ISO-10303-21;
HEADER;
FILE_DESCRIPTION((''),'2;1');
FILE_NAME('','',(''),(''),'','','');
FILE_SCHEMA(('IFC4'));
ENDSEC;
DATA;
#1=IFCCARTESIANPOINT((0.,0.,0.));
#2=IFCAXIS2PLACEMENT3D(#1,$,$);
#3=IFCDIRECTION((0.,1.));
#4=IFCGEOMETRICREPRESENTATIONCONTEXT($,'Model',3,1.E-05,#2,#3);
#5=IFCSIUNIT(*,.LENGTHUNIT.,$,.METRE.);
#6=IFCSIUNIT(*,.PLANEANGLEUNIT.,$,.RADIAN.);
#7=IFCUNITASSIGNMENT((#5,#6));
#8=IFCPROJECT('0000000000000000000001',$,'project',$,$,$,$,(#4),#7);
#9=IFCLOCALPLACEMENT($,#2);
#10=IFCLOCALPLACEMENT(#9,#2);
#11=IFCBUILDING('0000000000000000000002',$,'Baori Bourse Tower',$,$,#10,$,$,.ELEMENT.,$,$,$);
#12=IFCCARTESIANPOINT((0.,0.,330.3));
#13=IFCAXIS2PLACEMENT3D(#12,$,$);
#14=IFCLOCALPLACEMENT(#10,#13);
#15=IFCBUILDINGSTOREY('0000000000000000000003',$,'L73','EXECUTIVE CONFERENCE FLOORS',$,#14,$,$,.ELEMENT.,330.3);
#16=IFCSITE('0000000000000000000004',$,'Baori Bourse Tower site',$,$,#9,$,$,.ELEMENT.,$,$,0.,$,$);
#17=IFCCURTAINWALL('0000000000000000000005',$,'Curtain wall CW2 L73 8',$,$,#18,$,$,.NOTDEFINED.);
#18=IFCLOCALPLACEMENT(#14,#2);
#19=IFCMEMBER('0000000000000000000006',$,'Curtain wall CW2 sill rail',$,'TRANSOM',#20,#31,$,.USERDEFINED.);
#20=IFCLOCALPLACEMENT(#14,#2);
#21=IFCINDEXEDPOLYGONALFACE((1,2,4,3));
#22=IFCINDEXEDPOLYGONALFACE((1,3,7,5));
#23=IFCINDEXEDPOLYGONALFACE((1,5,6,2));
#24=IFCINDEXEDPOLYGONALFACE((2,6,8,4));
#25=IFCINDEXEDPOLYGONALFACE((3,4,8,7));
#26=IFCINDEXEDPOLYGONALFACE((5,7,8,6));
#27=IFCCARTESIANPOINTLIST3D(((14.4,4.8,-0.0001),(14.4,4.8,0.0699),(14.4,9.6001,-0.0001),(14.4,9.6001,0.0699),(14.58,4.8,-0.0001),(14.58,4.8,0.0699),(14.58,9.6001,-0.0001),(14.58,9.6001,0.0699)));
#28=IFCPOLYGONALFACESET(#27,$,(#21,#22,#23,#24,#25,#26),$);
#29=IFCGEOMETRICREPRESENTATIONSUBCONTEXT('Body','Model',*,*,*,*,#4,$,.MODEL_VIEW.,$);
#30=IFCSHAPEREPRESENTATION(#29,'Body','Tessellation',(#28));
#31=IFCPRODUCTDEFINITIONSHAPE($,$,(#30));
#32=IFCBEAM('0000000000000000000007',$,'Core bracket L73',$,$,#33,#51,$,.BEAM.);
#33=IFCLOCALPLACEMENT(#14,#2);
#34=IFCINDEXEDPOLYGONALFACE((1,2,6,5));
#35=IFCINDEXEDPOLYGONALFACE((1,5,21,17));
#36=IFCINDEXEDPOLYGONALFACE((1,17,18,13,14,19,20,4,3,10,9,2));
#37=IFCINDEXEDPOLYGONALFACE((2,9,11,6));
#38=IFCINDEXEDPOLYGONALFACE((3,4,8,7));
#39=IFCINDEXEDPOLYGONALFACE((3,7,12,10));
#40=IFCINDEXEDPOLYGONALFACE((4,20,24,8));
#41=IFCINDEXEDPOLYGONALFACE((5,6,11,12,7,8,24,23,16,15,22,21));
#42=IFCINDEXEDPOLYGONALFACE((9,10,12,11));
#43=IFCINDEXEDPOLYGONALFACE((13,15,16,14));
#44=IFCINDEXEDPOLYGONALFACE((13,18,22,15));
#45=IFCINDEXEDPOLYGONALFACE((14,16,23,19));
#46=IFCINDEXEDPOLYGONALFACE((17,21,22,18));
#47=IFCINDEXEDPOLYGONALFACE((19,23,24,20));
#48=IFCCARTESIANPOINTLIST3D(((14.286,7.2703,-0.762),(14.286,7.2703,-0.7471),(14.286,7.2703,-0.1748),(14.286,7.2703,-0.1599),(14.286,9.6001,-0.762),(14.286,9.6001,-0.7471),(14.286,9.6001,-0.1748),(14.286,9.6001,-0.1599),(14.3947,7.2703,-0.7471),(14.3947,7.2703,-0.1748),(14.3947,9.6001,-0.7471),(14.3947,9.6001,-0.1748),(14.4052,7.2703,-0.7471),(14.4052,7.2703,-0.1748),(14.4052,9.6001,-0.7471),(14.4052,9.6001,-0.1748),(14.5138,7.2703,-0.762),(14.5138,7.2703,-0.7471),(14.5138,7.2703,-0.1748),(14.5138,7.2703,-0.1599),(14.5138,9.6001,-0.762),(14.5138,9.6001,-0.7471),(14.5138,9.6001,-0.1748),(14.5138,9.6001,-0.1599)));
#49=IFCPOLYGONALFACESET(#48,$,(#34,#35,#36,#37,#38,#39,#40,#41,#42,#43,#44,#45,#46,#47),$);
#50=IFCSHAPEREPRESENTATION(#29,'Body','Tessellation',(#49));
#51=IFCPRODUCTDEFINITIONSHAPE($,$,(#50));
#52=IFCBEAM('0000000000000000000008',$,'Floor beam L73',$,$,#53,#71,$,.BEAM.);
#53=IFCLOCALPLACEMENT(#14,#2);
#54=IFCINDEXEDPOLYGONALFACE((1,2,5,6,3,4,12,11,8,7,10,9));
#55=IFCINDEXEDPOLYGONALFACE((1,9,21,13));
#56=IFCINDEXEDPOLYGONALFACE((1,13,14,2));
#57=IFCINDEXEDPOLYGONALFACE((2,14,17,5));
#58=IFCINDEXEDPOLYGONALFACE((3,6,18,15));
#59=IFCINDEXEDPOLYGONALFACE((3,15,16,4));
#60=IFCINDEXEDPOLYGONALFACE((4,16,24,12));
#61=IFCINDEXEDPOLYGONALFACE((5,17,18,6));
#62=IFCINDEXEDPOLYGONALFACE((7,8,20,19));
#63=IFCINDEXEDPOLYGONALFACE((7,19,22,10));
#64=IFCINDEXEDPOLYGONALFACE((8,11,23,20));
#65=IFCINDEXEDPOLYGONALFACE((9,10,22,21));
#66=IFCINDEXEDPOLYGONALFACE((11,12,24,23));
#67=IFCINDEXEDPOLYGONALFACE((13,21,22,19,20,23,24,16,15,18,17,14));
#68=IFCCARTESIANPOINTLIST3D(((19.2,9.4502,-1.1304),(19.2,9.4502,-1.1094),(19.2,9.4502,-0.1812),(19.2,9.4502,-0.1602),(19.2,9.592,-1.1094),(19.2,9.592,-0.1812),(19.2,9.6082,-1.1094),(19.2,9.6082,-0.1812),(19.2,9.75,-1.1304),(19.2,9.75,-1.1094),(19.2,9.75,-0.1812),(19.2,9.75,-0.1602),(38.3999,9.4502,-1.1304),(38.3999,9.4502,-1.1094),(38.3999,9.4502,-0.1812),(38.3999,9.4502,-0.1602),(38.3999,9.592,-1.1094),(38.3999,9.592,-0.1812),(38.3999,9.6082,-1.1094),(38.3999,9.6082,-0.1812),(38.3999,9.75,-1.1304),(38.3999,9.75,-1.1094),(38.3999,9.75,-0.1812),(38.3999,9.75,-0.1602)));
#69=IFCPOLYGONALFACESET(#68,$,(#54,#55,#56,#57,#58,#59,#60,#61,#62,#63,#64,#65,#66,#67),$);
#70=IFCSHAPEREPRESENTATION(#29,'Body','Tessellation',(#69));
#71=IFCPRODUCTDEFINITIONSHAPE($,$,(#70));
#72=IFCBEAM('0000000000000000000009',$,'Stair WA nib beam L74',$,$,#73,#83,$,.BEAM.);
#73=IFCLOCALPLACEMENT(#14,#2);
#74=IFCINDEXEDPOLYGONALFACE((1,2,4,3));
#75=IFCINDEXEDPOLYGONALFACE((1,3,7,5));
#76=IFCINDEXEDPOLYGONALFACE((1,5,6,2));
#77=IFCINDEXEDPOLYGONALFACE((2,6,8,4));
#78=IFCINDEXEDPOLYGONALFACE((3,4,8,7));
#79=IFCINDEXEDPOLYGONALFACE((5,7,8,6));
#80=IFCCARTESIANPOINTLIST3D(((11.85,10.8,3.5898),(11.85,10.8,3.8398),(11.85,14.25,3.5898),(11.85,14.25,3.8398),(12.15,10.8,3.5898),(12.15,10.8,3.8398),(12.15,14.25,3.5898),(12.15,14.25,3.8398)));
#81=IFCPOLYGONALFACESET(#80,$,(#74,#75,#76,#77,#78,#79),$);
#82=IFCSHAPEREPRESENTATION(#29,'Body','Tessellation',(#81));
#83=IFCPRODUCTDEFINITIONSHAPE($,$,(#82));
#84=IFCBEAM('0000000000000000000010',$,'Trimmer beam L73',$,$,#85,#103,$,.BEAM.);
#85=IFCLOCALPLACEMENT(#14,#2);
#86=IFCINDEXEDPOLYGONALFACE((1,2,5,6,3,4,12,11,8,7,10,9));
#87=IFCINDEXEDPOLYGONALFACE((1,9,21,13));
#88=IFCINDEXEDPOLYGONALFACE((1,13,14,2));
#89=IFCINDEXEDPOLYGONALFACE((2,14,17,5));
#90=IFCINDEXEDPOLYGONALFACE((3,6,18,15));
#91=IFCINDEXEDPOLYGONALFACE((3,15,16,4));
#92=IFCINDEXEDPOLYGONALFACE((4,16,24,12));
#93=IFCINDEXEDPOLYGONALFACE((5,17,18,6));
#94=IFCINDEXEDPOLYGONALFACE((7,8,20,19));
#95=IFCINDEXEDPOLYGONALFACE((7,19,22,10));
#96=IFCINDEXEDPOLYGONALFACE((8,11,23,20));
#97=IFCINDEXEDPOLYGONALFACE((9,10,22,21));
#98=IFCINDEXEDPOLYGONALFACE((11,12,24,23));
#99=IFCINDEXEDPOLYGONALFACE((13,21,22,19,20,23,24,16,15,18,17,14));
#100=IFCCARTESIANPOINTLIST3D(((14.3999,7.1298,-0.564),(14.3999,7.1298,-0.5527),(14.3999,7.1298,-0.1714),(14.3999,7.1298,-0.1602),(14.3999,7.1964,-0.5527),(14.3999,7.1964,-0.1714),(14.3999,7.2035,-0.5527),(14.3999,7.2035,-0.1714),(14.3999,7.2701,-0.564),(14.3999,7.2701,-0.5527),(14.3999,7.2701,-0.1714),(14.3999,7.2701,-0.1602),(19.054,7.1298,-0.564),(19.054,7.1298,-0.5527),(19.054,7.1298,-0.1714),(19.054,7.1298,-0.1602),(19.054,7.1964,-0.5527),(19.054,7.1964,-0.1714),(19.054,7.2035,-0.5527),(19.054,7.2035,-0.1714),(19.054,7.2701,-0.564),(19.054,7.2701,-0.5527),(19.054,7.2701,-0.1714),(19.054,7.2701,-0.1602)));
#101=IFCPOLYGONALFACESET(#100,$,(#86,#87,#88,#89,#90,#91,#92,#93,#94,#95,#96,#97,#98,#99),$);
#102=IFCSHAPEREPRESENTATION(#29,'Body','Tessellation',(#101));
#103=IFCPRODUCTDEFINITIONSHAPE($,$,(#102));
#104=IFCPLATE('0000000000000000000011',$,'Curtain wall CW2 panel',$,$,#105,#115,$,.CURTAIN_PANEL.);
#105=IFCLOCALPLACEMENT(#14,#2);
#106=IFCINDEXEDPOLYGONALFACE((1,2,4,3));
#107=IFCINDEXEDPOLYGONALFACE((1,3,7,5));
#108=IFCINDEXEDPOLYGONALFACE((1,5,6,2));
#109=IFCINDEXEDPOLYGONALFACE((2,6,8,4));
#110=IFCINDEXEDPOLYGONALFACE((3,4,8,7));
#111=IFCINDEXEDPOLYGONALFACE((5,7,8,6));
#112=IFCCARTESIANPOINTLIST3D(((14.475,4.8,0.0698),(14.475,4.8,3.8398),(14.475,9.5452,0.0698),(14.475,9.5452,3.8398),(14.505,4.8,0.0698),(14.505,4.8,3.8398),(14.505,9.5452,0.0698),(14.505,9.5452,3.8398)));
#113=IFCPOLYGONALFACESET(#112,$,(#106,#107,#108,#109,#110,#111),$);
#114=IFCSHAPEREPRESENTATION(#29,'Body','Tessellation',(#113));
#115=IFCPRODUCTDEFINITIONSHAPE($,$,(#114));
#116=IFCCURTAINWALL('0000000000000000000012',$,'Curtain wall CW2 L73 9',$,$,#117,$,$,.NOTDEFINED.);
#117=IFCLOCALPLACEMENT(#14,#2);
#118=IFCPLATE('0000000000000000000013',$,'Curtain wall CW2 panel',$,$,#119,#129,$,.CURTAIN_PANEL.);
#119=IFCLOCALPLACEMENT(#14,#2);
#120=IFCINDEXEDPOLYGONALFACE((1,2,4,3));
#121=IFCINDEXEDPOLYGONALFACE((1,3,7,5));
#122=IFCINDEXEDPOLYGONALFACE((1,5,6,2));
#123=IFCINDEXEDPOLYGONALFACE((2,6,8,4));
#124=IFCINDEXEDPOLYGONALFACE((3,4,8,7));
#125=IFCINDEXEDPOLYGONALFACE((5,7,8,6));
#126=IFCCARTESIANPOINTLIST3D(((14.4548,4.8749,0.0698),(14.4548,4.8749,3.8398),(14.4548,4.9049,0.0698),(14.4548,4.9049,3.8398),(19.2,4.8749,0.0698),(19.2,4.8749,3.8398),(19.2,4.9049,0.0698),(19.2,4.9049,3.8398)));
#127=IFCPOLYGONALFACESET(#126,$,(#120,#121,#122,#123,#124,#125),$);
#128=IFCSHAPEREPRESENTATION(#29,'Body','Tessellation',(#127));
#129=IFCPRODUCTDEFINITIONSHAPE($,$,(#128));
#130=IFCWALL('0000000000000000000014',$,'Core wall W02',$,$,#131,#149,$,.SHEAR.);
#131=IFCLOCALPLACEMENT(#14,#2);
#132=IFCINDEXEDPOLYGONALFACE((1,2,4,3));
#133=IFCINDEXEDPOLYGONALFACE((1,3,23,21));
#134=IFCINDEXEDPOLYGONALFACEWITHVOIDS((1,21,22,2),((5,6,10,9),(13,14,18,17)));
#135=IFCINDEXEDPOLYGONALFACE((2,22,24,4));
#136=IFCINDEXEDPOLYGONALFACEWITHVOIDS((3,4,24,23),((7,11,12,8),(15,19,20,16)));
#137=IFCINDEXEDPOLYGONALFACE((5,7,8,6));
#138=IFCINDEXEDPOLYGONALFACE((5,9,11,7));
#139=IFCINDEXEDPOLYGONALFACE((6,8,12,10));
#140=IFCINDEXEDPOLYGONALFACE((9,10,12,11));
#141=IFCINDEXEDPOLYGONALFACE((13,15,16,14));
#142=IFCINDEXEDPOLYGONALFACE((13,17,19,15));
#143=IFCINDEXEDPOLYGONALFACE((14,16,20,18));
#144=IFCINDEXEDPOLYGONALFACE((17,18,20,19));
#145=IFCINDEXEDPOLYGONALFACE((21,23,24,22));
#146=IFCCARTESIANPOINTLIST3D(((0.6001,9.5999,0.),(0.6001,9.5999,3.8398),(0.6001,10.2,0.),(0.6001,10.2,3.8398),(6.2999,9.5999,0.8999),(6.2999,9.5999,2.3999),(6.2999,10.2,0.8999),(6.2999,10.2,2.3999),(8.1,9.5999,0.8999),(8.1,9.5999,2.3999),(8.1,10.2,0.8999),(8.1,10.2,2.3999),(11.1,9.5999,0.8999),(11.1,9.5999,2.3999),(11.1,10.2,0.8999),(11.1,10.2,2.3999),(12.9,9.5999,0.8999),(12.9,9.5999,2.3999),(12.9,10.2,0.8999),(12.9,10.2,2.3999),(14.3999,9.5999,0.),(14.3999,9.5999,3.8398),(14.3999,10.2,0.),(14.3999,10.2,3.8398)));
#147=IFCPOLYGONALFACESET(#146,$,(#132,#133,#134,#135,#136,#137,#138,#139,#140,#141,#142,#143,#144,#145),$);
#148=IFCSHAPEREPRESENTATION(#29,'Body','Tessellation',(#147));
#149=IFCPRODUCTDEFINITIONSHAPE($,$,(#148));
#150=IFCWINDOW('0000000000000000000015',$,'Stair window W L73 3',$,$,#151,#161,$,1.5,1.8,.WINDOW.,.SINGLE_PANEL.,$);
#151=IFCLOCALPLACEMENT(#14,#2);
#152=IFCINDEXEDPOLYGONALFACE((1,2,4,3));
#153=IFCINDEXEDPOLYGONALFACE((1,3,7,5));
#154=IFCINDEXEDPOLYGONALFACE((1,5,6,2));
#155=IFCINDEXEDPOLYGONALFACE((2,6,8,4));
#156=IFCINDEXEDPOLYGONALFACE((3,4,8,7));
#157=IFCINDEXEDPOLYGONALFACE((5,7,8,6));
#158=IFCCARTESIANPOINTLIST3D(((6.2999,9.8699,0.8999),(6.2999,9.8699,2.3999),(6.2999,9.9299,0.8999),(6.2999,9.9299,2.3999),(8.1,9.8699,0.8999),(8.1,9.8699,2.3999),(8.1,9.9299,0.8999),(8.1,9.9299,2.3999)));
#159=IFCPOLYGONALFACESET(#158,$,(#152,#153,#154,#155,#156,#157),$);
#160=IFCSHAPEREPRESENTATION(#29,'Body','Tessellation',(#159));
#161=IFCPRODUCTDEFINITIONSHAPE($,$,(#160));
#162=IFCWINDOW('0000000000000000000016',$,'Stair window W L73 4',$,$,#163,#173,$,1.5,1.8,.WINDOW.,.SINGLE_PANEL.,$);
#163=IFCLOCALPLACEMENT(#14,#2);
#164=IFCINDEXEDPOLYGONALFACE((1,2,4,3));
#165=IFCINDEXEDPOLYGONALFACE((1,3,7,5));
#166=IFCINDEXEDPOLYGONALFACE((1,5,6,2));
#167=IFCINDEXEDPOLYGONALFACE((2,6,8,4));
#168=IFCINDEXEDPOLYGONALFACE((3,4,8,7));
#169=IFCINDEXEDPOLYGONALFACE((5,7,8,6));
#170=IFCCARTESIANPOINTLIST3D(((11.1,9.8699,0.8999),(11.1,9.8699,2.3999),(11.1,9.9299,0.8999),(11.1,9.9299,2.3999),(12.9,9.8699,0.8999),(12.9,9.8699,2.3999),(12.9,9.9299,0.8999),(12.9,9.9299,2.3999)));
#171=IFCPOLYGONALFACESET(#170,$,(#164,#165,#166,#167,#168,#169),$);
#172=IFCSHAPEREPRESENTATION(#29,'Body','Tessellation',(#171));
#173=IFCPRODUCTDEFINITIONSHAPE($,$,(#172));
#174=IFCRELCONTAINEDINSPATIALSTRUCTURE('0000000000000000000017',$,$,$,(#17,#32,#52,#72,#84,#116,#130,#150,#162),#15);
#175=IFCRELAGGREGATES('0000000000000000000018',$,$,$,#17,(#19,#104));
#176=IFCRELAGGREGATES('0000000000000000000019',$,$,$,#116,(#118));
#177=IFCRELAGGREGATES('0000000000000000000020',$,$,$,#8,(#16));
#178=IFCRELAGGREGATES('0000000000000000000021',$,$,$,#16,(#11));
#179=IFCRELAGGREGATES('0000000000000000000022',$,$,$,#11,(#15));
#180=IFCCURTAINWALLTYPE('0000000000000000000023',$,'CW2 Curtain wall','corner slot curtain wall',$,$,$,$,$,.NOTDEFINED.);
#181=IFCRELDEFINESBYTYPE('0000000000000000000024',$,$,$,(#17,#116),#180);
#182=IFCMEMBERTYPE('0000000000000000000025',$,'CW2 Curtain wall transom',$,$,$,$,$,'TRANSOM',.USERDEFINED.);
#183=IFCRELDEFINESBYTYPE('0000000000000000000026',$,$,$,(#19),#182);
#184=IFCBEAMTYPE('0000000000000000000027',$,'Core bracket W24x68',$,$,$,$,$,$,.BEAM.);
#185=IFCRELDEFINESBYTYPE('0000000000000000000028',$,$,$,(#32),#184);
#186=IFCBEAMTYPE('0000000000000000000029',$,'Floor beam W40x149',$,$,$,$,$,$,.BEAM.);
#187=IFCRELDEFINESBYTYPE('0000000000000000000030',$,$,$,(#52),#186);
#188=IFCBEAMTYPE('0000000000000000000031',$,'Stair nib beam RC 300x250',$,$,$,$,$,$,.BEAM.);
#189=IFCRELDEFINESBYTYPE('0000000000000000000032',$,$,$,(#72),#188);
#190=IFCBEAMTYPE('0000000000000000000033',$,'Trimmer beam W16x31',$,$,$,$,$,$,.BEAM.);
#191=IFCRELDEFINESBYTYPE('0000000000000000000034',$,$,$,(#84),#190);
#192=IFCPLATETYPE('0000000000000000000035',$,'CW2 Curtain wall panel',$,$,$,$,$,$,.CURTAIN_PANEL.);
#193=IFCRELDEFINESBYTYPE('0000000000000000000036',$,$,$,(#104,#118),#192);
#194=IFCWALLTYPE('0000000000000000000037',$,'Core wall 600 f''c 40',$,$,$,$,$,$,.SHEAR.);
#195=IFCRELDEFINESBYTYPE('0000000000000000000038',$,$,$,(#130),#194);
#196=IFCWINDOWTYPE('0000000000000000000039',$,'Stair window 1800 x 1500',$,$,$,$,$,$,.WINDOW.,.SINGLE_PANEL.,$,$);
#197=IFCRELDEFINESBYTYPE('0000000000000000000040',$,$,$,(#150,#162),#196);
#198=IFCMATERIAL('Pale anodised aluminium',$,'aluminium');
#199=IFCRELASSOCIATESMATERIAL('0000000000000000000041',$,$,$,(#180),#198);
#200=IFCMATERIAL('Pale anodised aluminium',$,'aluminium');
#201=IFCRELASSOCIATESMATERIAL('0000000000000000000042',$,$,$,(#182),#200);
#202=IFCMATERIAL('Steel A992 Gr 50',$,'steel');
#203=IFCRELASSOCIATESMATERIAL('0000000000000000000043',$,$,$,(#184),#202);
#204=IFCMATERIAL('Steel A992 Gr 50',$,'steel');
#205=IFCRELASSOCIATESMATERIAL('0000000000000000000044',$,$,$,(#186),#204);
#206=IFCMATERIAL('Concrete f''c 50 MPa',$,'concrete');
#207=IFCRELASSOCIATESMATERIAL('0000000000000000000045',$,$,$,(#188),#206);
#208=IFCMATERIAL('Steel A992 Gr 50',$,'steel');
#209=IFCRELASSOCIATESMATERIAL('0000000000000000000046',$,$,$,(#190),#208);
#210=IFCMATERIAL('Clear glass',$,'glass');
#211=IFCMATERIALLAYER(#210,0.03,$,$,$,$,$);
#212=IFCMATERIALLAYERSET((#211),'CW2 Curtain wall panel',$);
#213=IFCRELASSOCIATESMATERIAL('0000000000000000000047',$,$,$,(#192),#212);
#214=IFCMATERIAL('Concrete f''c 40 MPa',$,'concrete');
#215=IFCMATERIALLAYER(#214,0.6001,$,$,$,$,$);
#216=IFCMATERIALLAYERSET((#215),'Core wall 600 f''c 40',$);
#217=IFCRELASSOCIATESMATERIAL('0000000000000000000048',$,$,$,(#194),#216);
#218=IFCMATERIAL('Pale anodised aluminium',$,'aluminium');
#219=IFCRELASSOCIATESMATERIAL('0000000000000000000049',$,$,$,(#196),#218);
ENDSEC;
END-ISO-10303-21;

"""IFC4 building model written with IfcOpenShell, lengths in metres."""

from ifc_helpers import new_model, si_unit, direction, frame, frame_2d, origin, origin_2d, place, context, subcontext, project, spatial, rectangle, i_section, extrude, material, layer, layer_set, material_profile, profile_set, type_object, element, fill, aggregate, save


model = new_model("IFC4")

# Units and contexts
model_context = context("Model", 3, precision=1e-05, world=origin(), true_north=direction((0.0, 1.0)))
body_context = subcontext(model_context, "Body", "Model", "MODEL_VIEW")
ifc_project = project(units=[si_unit("LENGTHUNIT", "METRE"), si_unit("PLANEANGLEUNIT", "RADIAN")], contexts=[model_context])

# Site, building, storey
site_placement = place(None, origin())
site = spatial("IfcSite", under=ifc_project, at=site_placement, Name="Baori Bourse Tower site", CompositionType="ELEMENT", RefElevation=0.0)
building_placement = place(site_placement, origin())
building = spatial("IfcBuilding", under=site, at=building_placement, Name="Baori Bourse Tower", CompositionType="ELEMENT")
storey_placement = place(building_placement, frame((0.0, 0.0, 330.3)))
storey = spatial("IfcBuildingStorey", under=building, at=storey_placement, Name="L73", Description="EXECUTIVE CONFERENCE FLOORS", CompositionType="ELEMENT", Elevation=330.3)

# Curtain wall, member
ifc_material_1 = material(Name="Pale anodised aluminium", Category="aluminium")
curtain_wall_type = type_object("IfcCurtainWallType", Name="CW2 Curtain wall", Description="corner slot curtain wall", PredefinedType="NOTDEFINED", material=ifc_material_1)
curtain_wall_1_placement = place(storey_placement, origin())
curtain_wall_1 = element("IfcCurtainWall", 1, at=curtain_wall_1_placement, inside=storey, type_object=curtain_wall_type, Name="Curtain wall CW2 L73 8", PredefinedType="NOTDEFINED")
ifc_material_2 = material(Name="Pale anodised aluminium", Category="aluminium")
ifc_material_profile_1 = material_profile(ifc_material_2, rectangle(XDim=0.1799, YDim=0.0701, at=origin_2d()), Name="Transom 70x180")
ifc_profile_set_1 = profile_set([ifc_material_profile_1], Name="Pale anodised aluminium")
member_type = type_object("IfcMemberType", Name="CW2 Curtain wall transom", ElementType="TRANSOM", PredefinedType="USERDEFINED", material=ifc_profile_set_1)
member_placement = place(storey_placement, frame((14.49, 9.6001, 0.0349), z_axis=(0.0, -1.0, 0.0), x_axis=(1.0, 0.0, 0.0)))
member = element("IfcMember", 2, at=member_placement, type_object=member_type, Name="Curtain wall CW2 sill rail", ObjectType="TRANSOM", PredefinedType="USERDEFINED", context=body_context, shape_type="SweptSolid", body=[
    extrude(rectangle(XDim=0.1799, YDim=0.0701, at=origin_2d()), origin(), (0.0, 0.0, 1.0), 4.8),
])

# Beams
ifc_material_3 = material(Name="Steel A992 Gr 50", Category="steel")
ifc_material_profile_2 = material_profile(ifc_material_3, i_section(OverallWidth=0.2278, OverallDepth=0.6021, WebThickness=0.0105, FlangeThickness=0.0149, at=origin_2d()), Name="W24x68")
ifc_profile_set_2 = profile_set([ifc_material_profile_2], Name="Steel A992 Gr 50")
beam_type_1 = type_object("IfcBeamType", Name="Core bracket W24x68", PredefinedType="BEAM", material=ifc_profile_set_2)
beam_1_placement = place(storey_placement, frame((14.3999, 7.2703, -0.4609), z_axis=(0.0, 1.0, 0.0), x_axis=(-1.0, 0.0, 0.0)))
element("IfcBeam", 3, at=beam_1_placement, inside=storey, type_object=beam_type_1, Name="Core bracket L73", PredefinedType="BEAM", context=body_context, shape_type="SweptSolid", body=[
    extrude(i_section(OverallWidth=0.2278, OverallDepth=0.6021, WebThickness=0.0105, FlangeThickness=0.0149, at=origin_2d()), origin(), (0.0, 0.0, 1.0), 2.3298),
])
ifc_material_4 = material(Name="Steel A992 Gr 50", Category="steel")
ifc_material_profile_3 = material_profile(ifc_material_4, i_section(OverallWidth=0.2998, OverallDepth=0.9702, WebThickness=0.0161, FlangeThickness=0.021, at=origin_2d()), Name="W40x149")
ifc_profile_set_3 = profile_set([ifc_material_profile_3], Name="Steel A992 Gr 50")
beam_type_2 = type_object("IfcBeamType", Name="Floor beam W40x149", PredefinedType="BEAM", material=ifc_profile_set_3)
beam_2_placement = place(storey_placement, frame((19.2, 9.6001, -0.6453), z_axis=(1.0, 0.0, 0.0), x_axis=(0.0, 1.0, 0.0)))
element("IfcBeam", 4, at=beam_2_placement, inside=storey, type_object=beam_type_2, Name="Floor beam L73", PredefinedType="BEAM", context=body_context, shape_type="SweptSolid", body=[
    extrude(i_section(OverallWidth=0.2998, OverallDepth=0.9702, WebThickness=0.0161, FlangeThickness=0.021, at=origin_2d()), origin(), (0.0, 0.0, 1.0), 19.2),
])
ifc_material_5 = material(Name="Concrete f'c 50 MPa", Category="concrete")
ifc_material_profile_4 = material_profile(ifc_material_5, rectangle(XDim=0.3, YDim=0.25, at=origin_2d()), Name="RC 300x250")
ifc_profile_set_4 = profile_set([ifc_material_profile_4], Name="Concrete f'c 50 MPa")
beam_type_3 = type_object("IfcBeamType", Name="Stair nib beam RC 300x250", PredefinedType="BEAM", material=ifc_profile_set_4)
beam_3_placement = place(storey_placement, frame((12.0, 10.8, 3.7148), z_axis=(0.0, 1.0, 0.0), x_axis=(-1.0, 0.0, 0.0)))
element("IfcBeam", 5, at=beam_3_placement, inside=storey, type_object=beam_type_3, Name="Stair WA nib beam L74", PredefinedType="BEAM", context=body_context, shape_type="SweptSolid", body=[
    extrude(rectangle(XDim=0.3, YDim=0.25, at=origin_2d()), origin(), (0.0, 0.0, 1.0), 3.45),
])
ifc_material_6 = material(Name="Steel A992 Gr 50", Category="steel")
ifc_material_profile_5 = material_profile(ifc_material_6, i_section(OverallWidth=0.1404, OverallDepth=0.4038, WebThickness=0.0071, FlangeThickness=0.0112, at=origin_2d()), Name="W16x31")
ifc_profile_set_5 = profile_set([ifc_material_profile_5], Name="Steel A992 Gr 50")
beam_type_4 = type_object("IfcBeamType", Name="Trimmer beam W16x31", PredefinedType="BEAM", material=ifc_profile_set_5)
beam_4_placement = place(storey_placement, frame((14.3999, 7.2, -0.3621), z_axis=(1.0, 0.0, 0.0), x_axis=(0.0, 1.0, 0.0)))
element("IfcBeam", 6, at=beam_4_placement, inside=storey, type_object=beam_type_4, Name="Trimmer beam L73", PredefinedType="BEAM", context=body_context, shape_type="SweptSolid", body=[
    extrude(i_section(OverallWidth=0.1404, OverallDepth=0.4038, WebThickness=0.0071, FlangeThickness=0.0112, at=origin_2d()), origin(), (0.0, 0.0, 1.0), 4.6541),
])

# Plate
ifc_material_7 = material(Name="Clear glass", Category="glass")
ifc_layer_1 = layer(ifc_material_7, 0.03)
ifc_layer_set_1 = layer_set([ifc_layer_1], Name="CW2 Curtain wall panel")
plate_type = type_object("IfcPlateType", Name="CW2 Curtain wall panel", PredefinedType="CURTAIN_PANEL", material=ifc_layer_set_1)
plate_1_placement = place(storey_placement, frame((14.49, 7.1726, 0.0698), z_axis=(0.0, 0.0, 1.0), x_axis=(0.0, -1.0, 0.0)))
plate_1 = element("IfcPlate", 7, at=plate_1_placement, type_object=plate_type, Name="Curtain wall CW2 panel", PredefinedType="CURTAIN_PANEL", context=body_context, shape_type="SweptSolid", body=[
    extrude(rectangle(XDim=4.7451, YDim=0.03, at=origin_2d()), origin(), (0.0, 0.0, 1.0), 3.77),
])
aggregate(curtain_wall_1, [member, plate_1])

# Curtain wall, plate
curtain_wall_2_placement = place(storey_placement, origin())
curtain_wall_2 = element("IfcCurtainWall", 8, at=curtain_wall_2_placement, inside=storey, type_object=curtain_wall_type, Name="Curtain wall CW2 L73 9", PredefinedType="NOTDEFINED")
plate_2_placement = place(storey_placement, frame((16.8274, 4.8899, 0.0698), z_axis=(0.0, 0.0, 1.0), x_axis=(1.0, 0.0, 0.0)))
plate_2 = element("IfcPlate", 9, at=plate_2_placement, type_object=plate_type, Name="Curtain wall CW2 panel", PredefinedType="CURTAIN_PANEL", context=body_context, shape_type="SweptSolid", body=[
    extrude(rectangle(XDim=4.7451, YDim=0.03, at=origin_2d()), origin(), (0.0, 0.0, 1.0), 3.77),
])
aggregate(curtain_wall_2, [plate_2])

# Wall, openings, windows
ifc_material_8 = material(Name="Concrete f'c 40 MPa", Category="concrete")
ifc_layer_2 = layer(ifc_material_8, 0.6001)
ifc_layer_set_2 = layer_set([ifc_layer_2], Name="Core wall 600 f'c 40")
wall_type_1 = type_object("IfcWallType", Name="Core wall 600 f'c 40", PredefinedType="SHEAR", material=ifc_layer_set_2)
wall_1_placement = place(storey_placement, frame((14.3999, 9.8999, 0.0), z_axis=(0.0, 0.0, 1.0), x_axis=(-1.0, 0.0, 0.0)))
wall_1 = element("IfcWall", 10, at=wall_1_placement, inside=storey, type_object=wall_type_1, Name="Core wall W02", PredefinedType="SHEAR", context=body_context, shape_type="SweptSolid", body=[
    extrude(rectangle(XDim=13.7998, YDim=0.6001, at=frame_2d((6.8999, 0.0))), origin(), (0.0, 0.0, 1.0), 3.8398),
])
opening_1_placement = place(wall_1_placement, frame((6.3, 0.0, 0.8999)))
opening_1 = element("IfcOpeningElement", 11, at=opening_1_placement, cuts=wall_1, PredefinedType="OPENING", context=body_context, shape_type="SweptSolid", body=[
    extrude(rectangle(XDim=1.8, YDim=1.5, at=frame_2d((0.8999, 0.75))), frame((0.0, 0.3101, 0.0), z_axis=(0.0, -1.0, 0.0), x_axis=(1.0, 0.0, 0.0)), (0.0, 0.0, 1.0), 0.6201),
])
opening_2_placement = place(wall_1_placement, frame((1.5, 0.0, 0.8999)))
opening_2 = element("IfcOpeningElement", 12, at=opening_2_placement, cuts=wall_1, PredefinedType="OPENING", context=body_context, shape_type="SweptSolid", body=[
    extrude(rectangle(XDim=1.8, YDim=1.5, at=frame_2d((0.8999, 0.75))), frame((0.0, 0.3101, 0.0), z_axis=(0.0, -1.0, 0.0), x_axis=(1.0, 0.0, 0.0)), (0.0, 0.0, 1.0), 0.6201),
])
ifc_material_9 = material(Name="Pale anodised aluminium", Category="aluminium")
window_type = type_object("IfcWindowType", Name="Stair window 1800 x 1500", PartitioningType="SINGLE_PANEL", PredefinedType="WINDOW", material=ifc_material_9)
window_1_placement = place(opening_1_placement, origin())
window_1 = element("IfcWindow", 13, at=window_1_placement, inside=storey, type_object=window_type, Name="Stair window W L73 3", OverallHeight=1.5, OverallWidth=1.8, PartitioningType="SINGLE_PANEL", PredefinedType="WINDOW", context=body_context, shape_type="SweptSolid", body=[
    extrude(rectangle(XDim=1.8, YDim=1.5, at=frame_2d((0.8999, 0.75))), frame((0.0, 0.03, 0.0), z_axis=(0.0, -1.0, 0.0), x_axis=(1.0, 0.0, 0.0)), (0.0, 0.0, 1.0), 0.0601),
])
fill(opening_1, window_1)
window_2_placement = place(opening_2_placement, origin())
window_2 = element("IfcWindow", 14, at=window_2_placement, inside=storey, type_object=window_type, Name="Stair window W L73 4", OverallHeight=1.5, OverallWidth=1.8, PartitioningType="SINGLE_PANEL", PredefinedType="WINDOW", context=body_context, shape_type="SweptSolid", body=[
    extrude(rectangle(XDim=1.8, YDim=1.5, at=frame_2d((0.8999, 0.75))), frame((0.0, 0.03, 0.0), z_axis=(0.0, -1.0, 0.0), x_axis=(1.0, 0.0, 0.0)), (0.0, 0.0, 1.0), 0.0601),
])
fill(opening_2, window_2)

save(model, "model.ifc")
